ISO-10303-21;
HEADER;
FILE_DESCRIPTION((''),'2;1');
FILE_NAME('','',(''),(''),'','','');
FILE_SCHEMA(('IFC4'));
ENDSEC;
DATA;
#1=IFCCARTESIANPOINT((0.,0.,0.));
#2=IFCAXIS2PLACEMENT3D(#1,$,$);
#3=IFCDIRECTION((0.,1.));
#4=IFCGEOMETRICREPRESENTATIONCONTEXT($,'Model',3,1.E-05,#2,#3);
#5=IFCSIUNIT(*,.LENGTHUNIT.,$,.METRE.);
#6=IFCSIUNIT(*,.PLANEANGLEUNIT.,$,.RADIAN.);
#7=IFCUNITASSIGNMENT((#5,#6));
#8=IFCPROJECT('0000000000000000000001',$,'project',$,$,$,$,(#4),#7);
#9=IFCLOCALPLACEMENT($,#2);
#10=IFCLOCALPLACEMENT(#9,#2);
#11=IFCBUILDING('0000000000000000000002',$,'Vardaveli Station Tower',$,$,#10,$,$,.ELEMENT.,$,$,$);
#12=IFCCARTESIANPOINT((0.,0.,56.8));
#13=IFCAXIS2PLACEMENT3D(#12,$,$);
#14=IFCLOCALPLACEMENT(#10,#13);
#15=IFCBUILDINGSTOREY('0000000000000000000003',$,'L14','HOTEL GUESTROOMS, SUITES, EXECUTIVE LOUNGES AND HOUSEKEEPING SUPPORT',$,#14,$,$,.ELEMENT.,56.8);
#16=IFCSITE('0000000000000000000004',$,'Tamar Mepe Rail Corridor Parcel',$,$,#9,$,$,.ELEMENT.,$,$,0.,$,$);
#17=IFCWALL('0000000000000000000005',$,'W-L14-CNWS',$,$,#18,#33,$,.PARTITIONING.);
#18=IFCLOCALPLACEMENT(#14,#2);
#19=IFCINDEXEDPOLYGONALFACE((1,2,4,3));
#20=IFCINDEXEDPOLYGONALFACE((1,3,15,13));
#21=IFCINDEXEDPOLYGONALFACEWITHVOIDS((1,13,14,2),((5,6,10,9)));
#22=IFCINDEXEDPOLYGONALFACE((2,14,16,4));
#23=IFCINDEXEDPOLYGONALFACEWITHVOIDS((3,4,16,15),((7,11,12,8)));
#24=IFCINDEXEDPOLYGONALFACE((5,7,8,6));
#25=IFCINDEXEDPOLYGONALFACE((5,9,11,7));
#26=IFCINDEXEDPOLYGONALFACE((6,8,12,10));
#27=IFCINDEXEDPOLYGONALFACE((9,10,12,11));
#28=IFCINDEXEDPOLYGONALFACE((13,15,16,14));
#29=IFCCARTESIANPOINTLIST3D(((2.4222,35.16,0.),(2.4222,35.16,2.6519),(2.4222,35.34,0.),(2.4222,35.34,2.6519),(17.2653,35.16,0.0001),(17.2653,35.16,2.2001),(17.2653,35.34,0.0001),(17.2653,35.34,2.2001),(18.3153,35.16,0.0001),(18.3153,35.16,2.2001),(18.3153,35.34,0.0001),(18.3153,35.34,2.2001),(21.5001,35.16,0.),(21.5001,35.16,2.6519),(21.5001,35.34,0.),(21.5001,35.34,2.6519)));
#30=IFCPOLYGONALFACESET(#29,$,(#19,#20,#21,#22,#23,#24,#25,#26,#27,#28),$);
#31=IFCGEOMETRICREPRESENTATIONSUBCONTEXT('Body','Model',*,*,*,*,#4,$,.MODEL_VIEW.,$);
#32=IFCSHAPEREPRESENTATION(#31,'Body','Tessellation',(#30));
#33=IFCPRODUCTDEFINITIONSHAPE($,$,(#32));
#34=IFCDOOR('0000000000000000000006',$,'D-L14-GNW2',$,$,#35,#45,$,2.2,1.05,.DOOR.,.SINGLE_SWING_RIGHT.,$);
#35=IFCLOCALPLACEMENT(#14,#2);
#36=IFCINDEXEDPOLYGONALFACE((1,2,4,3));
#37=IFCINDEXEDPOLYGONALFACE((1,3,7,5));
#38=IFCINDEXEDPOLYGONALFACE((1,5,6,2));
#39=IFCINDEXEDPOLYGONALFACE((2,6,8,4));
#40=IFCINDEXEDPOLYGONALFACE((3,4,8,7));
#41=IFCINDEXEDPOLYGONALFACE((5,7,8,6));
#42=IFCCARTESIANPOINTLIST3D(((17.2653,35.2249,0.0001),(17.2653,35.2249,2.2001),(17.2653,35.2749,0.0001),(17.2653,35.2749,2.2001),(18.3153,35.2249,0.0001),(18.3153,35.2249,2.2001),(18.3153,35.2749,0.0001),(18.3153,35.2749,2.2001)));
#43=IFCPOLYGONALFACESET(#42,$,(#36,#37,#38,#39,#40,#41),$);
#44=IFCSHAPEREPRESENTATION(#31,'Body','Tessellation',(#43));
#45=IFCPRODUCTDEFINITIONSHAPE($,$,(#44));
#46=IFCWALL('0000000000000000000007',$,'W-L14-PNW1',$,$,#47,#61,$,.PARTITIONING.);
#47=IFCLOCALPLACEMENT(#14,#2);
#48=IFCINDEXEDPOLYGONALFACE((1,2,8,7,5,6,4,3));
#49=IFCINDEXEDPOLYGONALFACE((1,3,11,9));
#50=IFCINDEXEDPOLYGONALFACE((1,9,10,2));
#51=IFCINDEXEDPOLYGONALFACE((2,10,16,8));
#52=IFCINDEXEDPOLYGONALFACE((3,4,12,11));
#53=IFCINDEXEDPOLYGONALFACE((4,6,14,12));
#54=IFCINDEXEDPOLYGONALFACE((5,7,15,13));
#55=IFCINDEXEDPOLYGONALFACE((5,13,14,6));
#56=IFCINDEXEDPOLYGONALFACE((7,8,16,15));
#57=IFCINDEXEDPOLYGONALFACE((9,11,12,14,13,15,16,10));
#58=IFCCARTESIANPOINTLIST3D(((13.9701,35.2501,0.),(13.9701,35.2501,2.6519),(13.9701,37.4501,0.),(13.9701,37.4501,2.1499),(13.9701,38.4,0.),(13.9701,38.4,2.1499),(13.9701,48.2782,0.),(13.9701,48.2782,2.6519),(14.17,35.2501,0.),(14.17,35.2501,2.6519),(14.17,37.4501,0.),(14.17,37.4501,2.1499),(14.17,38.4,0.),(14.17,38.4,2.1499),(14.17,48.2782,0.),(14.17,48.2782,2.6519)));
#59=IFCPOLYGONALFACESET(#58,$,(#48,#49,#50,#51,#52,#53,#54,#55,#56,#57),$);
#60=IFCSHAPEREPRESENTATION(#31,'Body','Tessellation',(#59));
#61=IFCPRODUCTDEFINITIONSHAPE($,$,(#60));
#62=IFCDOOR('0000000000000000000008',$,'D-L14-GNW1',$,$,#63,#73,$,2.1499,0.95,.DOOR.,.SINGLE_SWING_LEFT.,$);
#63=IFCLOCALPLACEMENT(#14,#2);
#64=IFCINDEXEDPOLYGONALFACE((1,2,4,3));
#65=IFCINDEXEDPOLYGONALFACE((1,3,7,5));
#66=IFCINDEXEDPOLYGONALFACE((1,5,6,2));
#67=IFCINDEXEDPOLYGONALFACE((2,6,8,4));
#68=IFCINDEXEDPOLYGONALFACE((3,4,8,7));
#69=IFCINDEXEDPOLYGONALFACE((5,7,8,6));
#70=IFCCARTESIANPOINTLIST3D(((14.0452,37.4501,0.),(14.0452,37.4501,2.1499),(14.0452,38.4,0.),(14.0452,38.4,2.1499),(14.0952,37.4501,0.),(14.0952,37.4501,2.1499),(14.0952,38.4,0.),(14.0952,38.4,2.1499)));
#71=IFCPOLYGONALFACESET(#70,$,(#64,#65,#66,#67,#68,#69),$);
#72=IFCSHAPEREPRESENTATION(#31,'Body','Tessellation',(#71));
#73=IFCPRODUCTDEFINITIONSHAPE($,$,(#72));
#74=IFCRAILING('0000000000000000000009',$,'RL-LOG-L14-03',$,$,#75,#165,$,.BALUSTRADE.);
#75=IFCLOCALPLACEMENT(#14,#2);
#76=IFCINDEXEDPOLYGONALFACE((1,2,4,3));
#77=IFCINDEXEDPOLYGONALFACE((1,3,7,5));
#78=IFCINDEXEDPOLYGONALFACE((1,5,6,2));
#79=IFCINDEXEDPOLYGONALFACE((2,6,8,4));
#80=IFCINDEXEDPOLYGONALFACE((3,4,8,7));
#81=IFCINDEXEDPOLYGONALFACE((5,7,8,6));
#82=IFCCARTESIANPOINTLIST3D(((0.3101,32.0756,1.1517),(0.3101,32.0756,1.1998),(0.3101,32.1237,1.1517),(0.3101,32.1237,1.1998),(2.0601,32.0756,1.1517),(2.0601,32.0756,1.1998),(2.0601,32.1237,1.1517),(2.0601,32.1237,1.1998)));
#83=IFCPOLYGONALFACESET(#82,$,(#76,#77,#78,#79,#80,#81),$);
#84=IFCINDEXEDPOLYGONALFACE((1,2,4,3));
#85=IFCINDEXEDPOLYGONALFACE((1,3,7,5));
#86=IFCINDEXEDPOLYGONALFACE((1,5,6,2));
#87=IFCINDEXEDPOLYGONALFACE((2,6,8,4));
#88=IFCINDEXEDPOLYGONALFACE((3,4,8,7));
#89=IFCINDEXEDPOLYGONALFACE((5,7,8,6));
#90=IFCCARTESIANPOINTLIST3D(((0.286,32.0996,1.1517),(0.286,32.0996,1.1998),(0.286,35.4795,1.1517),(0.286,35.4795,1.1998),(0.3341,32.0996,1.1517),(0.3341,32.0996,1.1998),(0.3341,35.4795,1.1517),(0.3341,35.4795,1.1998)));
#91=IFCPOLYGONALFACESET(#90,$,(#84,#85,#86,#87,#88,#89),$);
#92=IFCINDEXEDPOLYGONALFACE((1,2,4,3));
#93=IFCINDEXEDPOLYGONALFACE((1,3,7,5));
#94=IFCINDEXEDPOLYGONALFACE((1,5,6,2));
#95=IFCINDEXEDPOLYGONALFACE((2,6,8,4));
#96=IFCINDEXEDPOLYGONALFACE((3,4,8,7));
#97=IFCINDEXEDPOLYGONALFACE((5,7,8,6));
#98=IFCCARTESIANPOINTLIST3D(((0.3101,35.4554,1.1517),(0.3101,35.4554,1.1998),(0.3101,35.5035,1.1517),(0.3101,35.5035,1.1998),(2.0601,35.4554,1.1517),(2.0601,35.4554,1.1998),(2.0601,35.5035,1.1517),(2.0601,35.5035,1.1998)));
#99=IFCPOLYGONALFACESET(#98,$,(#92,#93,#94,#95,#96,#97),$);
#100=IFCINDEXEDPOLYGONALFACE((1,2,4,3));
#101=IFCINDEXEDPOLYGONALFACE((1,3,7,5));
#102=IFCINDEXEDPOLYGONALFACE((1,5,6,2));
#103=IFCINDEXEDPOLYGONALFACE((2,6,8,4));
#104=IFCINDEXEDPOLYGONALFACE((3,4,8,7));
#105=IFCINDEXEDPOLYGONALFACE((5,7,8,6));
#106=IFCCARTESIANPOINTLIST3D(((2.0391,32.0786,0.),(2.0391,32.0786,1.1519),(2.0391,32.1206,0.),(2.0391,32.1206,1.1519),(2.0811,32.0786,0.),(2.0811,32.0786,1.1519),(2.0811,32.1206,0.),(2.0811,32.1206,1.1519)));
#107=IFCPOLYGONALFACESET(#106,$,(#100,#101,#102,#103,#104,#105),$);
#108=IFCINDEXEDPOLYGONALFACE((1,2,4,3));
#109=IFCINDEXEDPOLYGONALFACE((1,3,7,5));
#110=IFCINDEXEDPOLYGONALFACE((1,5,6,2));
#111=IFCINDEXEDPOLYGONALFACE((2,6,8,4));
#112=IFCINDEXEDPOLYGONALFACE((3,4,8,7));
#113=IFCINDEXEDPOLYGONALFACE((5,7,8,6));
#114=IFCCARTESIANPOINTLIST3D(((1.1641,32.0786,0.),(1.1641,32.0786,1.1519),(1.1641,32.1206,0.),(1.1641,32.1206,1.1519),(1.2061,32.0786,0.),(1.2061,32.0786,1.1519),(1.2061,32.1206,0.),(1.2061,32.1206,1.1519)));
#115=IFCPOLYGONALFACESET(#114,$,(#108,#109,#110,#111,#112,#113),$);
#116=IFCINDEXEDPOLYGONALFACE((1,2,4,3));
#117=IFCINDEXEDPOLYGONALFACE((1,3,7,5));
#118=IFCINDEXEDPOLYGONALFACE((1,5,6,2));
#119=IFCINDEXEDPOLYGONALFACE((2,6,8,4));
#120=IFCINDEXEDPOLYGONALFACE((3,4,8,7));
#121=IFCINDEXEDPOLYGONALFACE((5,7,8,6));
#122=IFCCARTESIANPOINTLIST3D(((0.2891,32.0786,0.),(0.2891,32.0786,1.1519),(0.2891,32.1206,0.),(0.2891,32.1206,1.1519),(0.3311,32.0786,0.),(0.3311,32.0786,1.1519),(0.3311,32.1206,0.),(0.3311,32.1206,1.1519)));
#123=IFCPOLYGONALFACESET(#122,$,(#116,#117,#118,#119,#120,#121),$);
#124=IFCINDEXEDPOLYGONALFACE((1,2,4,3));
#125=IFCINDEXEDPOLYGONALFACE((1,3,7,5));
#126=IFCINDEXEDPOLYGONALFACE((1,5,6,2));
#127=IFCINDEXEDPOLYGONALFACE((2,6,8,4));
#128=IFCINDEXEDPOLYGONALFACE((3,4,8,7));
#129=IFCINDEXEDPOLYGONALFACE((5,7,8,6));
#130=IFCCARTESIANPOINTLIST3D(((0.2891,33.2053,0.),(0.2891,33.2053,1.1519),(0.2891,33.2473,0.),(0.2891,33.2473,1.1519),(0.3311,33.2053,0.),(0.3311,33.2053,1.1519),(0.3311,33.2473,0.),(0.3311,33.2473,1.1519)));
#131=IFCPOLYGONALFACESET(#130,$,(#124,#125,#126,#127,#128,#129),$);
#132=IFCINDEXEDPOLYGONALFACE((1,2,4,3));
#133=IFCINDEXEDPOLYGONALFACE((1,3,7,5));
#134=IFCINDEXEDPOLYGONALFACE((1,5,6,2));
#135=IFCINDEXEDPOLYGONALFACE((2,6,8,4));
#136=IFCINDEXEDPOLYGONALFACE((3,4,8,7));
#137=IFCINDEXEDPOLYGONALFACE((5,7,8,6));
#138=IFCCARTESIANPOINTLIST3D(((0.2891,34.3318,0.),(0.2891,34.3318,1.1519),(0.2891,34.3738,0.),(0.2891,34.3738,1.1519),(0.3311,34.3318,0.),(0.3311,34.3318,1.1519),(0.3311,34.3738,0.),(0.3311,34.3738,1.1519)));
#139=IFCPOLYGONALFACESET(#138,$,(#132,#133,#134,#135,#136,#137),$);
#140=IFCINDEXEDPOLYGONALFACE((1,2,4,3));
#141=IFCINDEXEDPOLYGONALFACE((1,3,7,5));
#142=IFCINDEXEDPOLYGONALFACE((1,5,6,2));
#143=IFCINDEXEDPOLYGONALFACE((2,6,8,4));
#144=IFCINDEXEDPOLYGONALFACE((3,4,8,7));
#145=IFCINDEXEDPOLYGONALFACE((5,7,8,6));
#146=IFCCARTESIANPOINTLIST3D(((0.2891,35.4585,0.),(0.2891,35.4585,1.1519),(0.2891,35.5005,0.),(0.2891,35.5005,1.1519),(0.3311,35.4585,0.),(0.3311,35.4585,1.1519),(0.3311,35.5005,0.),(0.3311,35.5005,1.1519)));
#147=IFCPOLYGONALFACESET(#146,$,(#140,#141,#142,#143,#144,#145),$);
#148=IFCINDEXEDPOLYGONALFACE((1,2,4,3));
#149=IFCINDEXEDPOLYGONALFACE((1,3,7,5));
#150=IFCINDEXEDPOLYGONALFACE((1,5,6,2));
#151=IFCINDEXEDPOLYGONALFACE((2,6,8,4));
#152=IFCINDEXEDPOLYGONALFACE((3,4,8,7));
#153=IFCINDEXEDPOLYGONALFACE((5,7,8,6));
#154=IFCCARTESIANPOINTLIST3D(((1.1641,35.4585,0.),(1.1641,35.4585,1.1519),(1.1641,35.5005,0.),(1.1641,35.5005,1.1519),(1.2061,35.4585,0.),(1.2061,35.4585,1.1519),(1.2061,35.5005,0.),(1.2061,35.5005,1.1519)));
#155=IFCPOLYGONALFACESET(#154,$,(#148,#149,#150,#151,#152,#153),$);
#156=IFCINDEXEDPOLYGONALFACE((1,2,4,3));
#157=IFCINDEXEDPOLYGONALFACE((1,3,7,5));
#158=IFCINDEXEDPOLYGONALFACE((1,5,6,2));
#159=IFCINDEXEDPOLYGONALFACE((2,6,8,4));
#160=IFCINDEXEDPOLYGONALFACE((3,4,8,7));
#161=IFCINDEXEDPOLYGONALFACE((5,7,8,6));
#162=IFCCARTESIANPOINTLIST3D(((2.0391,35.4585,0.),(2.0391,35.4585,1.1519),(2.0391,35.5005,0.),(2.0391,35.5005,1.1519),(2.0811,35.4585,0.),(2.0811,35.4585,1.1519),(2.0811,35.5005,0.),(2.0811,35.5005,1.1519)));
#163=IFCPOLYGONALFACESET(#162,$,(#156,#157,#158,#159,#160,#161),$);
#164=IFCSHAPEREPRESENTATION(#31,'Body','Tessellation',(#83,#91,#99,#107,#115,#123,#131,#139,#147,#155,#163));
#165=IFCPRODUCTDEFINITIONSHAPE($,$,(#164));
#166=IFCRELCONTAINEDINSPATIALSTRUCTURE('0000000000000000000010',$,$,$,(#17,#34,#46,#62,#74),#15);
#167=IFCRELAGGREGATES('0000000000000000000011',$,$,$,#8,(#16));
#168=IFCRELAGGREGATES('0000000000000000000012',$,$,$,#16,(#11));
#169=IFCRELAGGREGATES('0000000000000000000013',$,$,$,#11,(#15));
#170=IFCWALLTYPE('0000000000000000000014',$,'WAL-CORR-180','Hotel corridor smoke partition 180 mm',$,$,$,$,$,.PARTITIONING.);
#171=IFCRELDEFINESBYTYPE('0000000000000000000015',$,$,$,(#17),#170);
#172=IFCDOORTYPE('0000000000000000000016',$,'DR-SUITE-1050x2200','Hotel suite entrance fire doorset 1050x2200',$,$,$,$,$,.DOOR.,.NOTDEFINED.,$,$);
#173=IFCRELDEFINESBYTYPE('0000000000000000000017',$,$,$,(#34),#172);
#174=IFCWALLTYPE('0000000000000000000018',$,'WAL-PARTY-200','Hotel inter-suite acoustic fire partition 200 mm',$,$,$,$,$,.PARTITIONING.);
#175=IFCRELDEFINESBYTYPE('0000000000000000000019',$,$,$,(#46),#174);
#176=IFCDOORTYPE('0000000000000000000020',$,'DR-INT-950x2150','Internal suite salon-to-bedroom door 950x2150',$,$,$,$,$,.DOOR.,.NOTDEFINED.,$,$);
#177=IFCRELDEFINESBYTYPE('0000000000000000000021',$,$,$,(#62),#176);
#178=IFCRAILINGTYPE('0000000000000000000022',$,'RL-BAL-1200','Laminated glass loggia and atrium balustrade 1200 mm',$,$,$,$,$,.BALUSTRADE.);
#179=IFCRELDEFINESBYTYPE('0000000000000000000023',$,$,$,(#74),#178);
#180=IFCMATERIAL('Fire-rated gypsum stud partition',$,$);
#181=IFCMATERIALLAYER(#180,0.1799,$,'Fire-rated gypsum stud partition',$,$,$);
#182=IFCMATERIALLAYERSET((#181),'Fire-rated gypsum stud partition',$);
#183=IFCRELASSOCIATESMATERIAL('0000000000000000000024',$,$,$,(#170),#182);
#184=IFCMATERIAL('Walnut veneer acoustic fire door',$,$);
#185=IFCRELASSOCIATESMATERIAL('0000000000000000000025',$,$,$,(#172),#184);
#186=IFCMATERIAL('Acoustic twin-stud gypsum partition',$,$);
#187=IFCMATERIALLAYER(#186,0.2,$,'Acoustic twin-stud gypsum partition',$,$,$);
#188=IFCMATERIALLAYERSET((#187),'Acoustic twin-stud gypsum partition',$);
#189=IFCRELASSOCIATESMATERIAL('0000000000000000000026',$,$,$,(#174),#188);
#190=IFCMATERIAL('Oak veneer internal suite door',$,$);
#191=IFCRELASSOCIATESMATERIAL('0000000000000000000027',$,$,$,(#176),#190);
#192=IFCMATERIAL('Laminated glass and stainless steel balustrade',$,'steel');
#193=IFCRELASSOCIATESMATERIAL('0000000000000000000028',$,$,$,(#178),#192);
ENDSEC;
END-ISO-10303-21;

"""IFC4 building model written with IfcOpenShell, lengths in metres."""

from ifc_helpers import new_model, si_unit, direction, frame, frame_2d, origin, origin_2d, place, context, subcontext, project, spatial, rectangle, extrude, source, transform, mapped, material, layer, layer_set, type_object, element, fill, save


model = new_model("IFC4")

# Units and contexts
model_context = context("Model", 3, precision=1e-05, world=origin(), true_north=direction((0.0, 1.0)))
body_context = subcontext(model_context, "Body", "Model", "MODEL_VIEW")
ifc_project = project(units=[si_unit("LENGTHUNIT", "METRE"), si_unit("PLANEANGLEUNIT", "RADIAN")], contexts=[model_context])

# Site, building, storey
site_placement = place(None, origin())
site = spatial("IfcSite", under=ifc_project, at=site_placement, Name="Tamar Mepe Rail Corridor Parcel", CompositionType="ELEMENT", RefElevation=0.0)
building_placement = place(site_placement, origin())
building = spatial("IfcBuilding", under=site, at=building_placement, Name="Vardaveli Station Tower", CompositionType="ELEMENT")
storey_placement = place(building_placement, frame((0.0, 0.0, 56.8)))
storey = spatial("IfcBuildingStorey", under=building, at=storey_placement, Name="L14", Description="HOTEL GUESTROOMS, SUITES, EXECUTIVE LOUNGES AND HOUSEKEEPING SUPPORT", CompositionType="ELEMENT", Elevation=56.8)

# Walls, openings, doors
ifc_material_1 = material(Name="Fire-rated gypsum stud partition")
ifc_layer_1 = layer(ifc_material_1, 0.1799, Name="Fire-rated gypsum stud partition")
ifc_layer_set_1 = layer_set([ifc_layer_1], Name="Fire-rated gypsum stud partition")
wall_type_1 = type_object("IfcWallType", Name="WAL-CORR-180", Description="Hotel corridor smoke partition 180 mm", PredefinedType="PARTITIONING", material=ifc_layer_set_1)
shared_shape_1 = source(origin(), body_context, "Body", "SweptSolid", [
    extrude(rectangle(XDim=19.0779, YDim=0.1799, at=frame_2d((9.5391, 0.0))), origin(), (0.0, 0.0, 1.0), 2.6519),
])
wall_1_placement = place(storey_placement, frame((2.4221, 35.25, 0.0), z_axis=(0.0, 0.0, 1.0), x_axis=(1.0, 0.0, 0.0)))
wall_1 = element("IfcWall", 1, at=wall_1_placement, inside=storey, type_object=wall_type_1, Name="W-L14-CNWS", PredefinedType="PARTITIONING", context=body_context, shape_type="MappedRepresentation", body=[
    mapped(shared_shape_1, transform((0.0, 0.0, 0.0), scale=1.0)),
])
shared_shape_2 = source(origin(), body_context, "Body", "SweptSolid", [
    extrude(rectangle(XDim=1.05, YDim=2.2, at=frame_2d((0.5249, 1.1001))), frame((0.0, 0.1001, 0.0), z_axis=(0.0, -1.0, 0.0), x_axis=(1.0, 0.0, 0.0)), (0.0, 0.0, 1.0), 0.2),
])
opening_1_placement = place(wall_1_placement, frame((14.8433, 0.0, 0.0)))
opening_1 = element("IfcOpeningElement", 2, at=opening_1_placement, cuts=wall_1, PredefinedType="OPENING", context=body_context, shape_type="MappedRepresentation", body=[
    mapped(shared_shape_2, transform((0.0, 0.0, 0.0), scale=1.0)),
])
ifc_material_2 = material(Name="Walnut veneer acoustic fire door")
door_type_1 = type_object("IfcDoorType", Name="DR-SUITE-1050x2200", Description="Hotel suite entrance fire doorset 1050x2200", OperationType="NOTDEFINED", PredefinedType="DOOR", material=ifc_material_2)
shared_shape_3 = source(origin(), body_context, "Body", "SweptSolid", [
    extrude(rectangle(XDim=1.05, YDim=2.2, at=frame_2d((0.5249, 1.1001))), frame((0.0, 0.0249, 0.0), z_axis=(0.0, -1.0, 0.0), x_axis=(1.0, 0.0, 0.0)), (0.0, 0.0, 1.0), 0.05),
])
door_1_placement = place(opening_1_placement, origin())
door_1 = element("IfcDoor", 3, at=door_1_placement, inside=storey, type_object=door_type_1, Name="D-L14-GNW2", OperationType="SINGLE_SWING_RIGHT", OverallHeight=2.2, OverallWidth=1.05, PredefinedType="DOOR", context=body_context, shape_type="MappedRepresentation", body=[
    mapped(shared_shape_3, transform((0.0, 0.0, 0.0), scale=1.0)),
])
fill(opening_1, door_1)
ifc_material_3 = material(Name="Acoustic twin-stud gypsum partition")
ifc_layer_2 = layer(ifc_material_3, 0.2, Name="Acoustic twin-stud gypsum partition")
ifc_layer_set_2 = layer_set([ifc_layer_2], Name="Acoustic twin-stud gypsum partition")
wall_type_2 = type_object("IfcWallType", Name="WAL-PARTY-200", Description="Hotel inter-suite acoustic fire partition 200 mm", PredefinedType="PARTITIONING", material=ifc_layer_set_2)
shared_shape_4 = source(origin(), body_context, "Body", "SweptSolid", [
    extrude(rectangle(XDim=13.0281, YDim=0.2, at=frame_2d((6.5142, 0.0))), origin(), (0.0, 0.0, 1.0), 2.6519),
])
wall_2_placement = place(storey_placement, frame((14.0701, 35.25, 0.0), z_axis=(0.0, 0.0, 1.0), x_axis=(0.0, 1.0, 0.0)))
wall_2 = element("IfcWall", 4, at=wall_2_placement, inside=storey, type_object=wall_type_2, Name="W-L14-PNW1", PredefinedType="PARTITIONING", context=body_context, shape_type="MappedRepresentation", body=[
    mapped(shared_shape_4, transform((0.0, 0.0, 0.0), scale=1.0)),
])
shared_shape_5 = source(origin(), body_context, "Body", "SweptSolid", [
    extrude(rectangle(XDim=0.95, YDim=2.1499, at=frame_2d((0.4751, 1.075))), frame((0.0, 0.1099, 0.0), z_axis=(0.0, -1.0, 0.0), x_axis=(1.0, 0.0, 0.0)), (0.0, 0.0, 1.0), 0.22),
])
opening_2_placement = place(wall_2_placement, frame((2.2, 0.0, 0.0)))
opening_2 = element("IfcOpeningElement", 5, at=opening_2_placement, cuts=wall_2, PredefinedType="OPENING", context=body_context, shape_type="MappedRepresentation", body=[
    mapped(shared_shape_5, transform((0.0, 0.0, 0.0), scale=1.0)),
])
ifc_material_4 = material(Name="Oak veneer internal suite door")
door_type_2 = type_object("IfcDoorType", Name="DR-INT-950x2150", Description="Internal suite salon-to-bedroom door 950x2150", OperationType="NOTDEFINED", PredefinedType="DOOR", material=ifc_material_4)
shared_shape_6 = source(origin(), body_context, "Body", "SweptSolid", [
    extrude(rectangle(XDim=0.95, YDim=2.1499, at=frame_2d((0.4751, 1.075))), frame((0.0, 0.0249, 0.0), z_axis=(0.0, -1.0, 0.0), x_axis=(1.0, 0.0, 0.0)), (0.0, 0.0, 1.0), 0.05),
])
door_2_placement = place(opening_2_placement, origin())
door_2 = element("IfcDoor", 6, at=door_2_placement, inside=storey, type_object=door_type_2, Name="D-L14-GNW1", OperationType="SINGLE_SWING_LEFT", OverallHeight=2.1499, OverallWidth=0.95, PredefinedType="DOOR", context=body_context, shape_type="MappedRepresentation", body=[
    mapped(shared_shape_6, transform((0.0, 0.0, 0.0), scale=1.0)),
])
fill(opening_2, door_2)

# Railing
ifc_material_5 = material(Name="Laminated glass and stainless steel balustrade", Category="steel")
railing_type = type_object("IfcRailingType", Name="RL-BAL-1200", Description="Laminated glass loggia and atrium balustrade 1200 mm", PredefinedType="BALUSTRADE", material=ifc_material_5)
shared_shape_7 = source(origin(), body_context, "Body", "SweptSolid", [
    extrude(rectangle(XDim=0.0481, YDim=0.0481, at=origin_2d()), frame((0.0, 0.0, 1.1758), z_axis=(-1.0, 0.0, 0.0), x_axis=(0.0, -1.0, 0.0)), (0.0, 0.0, 1.0), 1.75),
    extrude(rectangle(XDim=0.0481, YDim=0.0481, at=origin_2d()), frame((-1.75, 0.0, 1.1758), z_axis=(0.0, 1.0, 0.0), x_axis=(-1.0, 0.0, 0.0)), (0.0, 0.0, 1.0), 3.3799),
    extrude(rectangle(XDim=0.0481, YDim=0.0481, at=origin_2d()), frame((-1.75, 3.3799, 1.1758), z_axis=(1.0, 0.0, 0.0), x_axis=(0.0, 1.0, 0.0)), (0.0, 0.0, 1.0), 1.75),
    extrude(rectangle(XDim=0.042, YDim=0.042, at=origin_2d()), origin(), (0.0, 0.0, 1.0), 1.1519),
    extrude(rectangle(XDim=0.042, YDim=0.042, at=origin_2d()), frame((-0.875, 0.0, 0.0)), (0.0, 0.0, 1.0), 1.1519),
    extrude(rectangle(XDim=0.042, YDim=0.042, at=origin_2d()), frame((-1.75, 0.0, 0.0)), (0.0, 0.0, 1.0), 1.1519),
    extrude(rectangle(XDim=0.042, YDim=0.042, at=origin_2d()), frame((-1.75, 1.1267, 0.0)), (0.0, 0.0, 1.0), 1.1519),
    extrude(rectangle(XDim=0.042, YDim=0.042, at=origin_2d()), frame((-1.75, 2.2532, 0.0)), (0.0, 0.0, 1.0), 1.1519),
    extrude(rectangle(XDim=0.042, YDim=0.042, at=origin_2d()), frame((-1.75, 3.3799, 0.0)), (0.0, 0.0, 1.0), 1.1519),
    extrude(rectangle(XDim=0.042, YDim=0.042, at=origin_2d()), frame((-0.875, 3.3799, 0.0)), (0.0, 0.0, 1.0), 1.1519),
    extrude(rectangle(XDim=0.042, YDim=0.042, at=origin_2d()), frame((0.0, 3.3799, 0.0)), (0.0, 0.0, 1.0), 1.1519),
])
railing_placement = place(storey_placement, frame((2.0601, 32.0996, 0.0)))
element("IfcRailing", 7, at=railing_placement, inside=storey, type_object=railing_type, Name="RL-LOG-L14-03", PredefinedType="BALUSTRADE", context=body_context, shape_type="MappedRepresentation", body=[
    mapped(shared_shape_7, transform((0.0, 0.0, 0.0), scale=1.0)),
])

save(model, "model.ifc")
